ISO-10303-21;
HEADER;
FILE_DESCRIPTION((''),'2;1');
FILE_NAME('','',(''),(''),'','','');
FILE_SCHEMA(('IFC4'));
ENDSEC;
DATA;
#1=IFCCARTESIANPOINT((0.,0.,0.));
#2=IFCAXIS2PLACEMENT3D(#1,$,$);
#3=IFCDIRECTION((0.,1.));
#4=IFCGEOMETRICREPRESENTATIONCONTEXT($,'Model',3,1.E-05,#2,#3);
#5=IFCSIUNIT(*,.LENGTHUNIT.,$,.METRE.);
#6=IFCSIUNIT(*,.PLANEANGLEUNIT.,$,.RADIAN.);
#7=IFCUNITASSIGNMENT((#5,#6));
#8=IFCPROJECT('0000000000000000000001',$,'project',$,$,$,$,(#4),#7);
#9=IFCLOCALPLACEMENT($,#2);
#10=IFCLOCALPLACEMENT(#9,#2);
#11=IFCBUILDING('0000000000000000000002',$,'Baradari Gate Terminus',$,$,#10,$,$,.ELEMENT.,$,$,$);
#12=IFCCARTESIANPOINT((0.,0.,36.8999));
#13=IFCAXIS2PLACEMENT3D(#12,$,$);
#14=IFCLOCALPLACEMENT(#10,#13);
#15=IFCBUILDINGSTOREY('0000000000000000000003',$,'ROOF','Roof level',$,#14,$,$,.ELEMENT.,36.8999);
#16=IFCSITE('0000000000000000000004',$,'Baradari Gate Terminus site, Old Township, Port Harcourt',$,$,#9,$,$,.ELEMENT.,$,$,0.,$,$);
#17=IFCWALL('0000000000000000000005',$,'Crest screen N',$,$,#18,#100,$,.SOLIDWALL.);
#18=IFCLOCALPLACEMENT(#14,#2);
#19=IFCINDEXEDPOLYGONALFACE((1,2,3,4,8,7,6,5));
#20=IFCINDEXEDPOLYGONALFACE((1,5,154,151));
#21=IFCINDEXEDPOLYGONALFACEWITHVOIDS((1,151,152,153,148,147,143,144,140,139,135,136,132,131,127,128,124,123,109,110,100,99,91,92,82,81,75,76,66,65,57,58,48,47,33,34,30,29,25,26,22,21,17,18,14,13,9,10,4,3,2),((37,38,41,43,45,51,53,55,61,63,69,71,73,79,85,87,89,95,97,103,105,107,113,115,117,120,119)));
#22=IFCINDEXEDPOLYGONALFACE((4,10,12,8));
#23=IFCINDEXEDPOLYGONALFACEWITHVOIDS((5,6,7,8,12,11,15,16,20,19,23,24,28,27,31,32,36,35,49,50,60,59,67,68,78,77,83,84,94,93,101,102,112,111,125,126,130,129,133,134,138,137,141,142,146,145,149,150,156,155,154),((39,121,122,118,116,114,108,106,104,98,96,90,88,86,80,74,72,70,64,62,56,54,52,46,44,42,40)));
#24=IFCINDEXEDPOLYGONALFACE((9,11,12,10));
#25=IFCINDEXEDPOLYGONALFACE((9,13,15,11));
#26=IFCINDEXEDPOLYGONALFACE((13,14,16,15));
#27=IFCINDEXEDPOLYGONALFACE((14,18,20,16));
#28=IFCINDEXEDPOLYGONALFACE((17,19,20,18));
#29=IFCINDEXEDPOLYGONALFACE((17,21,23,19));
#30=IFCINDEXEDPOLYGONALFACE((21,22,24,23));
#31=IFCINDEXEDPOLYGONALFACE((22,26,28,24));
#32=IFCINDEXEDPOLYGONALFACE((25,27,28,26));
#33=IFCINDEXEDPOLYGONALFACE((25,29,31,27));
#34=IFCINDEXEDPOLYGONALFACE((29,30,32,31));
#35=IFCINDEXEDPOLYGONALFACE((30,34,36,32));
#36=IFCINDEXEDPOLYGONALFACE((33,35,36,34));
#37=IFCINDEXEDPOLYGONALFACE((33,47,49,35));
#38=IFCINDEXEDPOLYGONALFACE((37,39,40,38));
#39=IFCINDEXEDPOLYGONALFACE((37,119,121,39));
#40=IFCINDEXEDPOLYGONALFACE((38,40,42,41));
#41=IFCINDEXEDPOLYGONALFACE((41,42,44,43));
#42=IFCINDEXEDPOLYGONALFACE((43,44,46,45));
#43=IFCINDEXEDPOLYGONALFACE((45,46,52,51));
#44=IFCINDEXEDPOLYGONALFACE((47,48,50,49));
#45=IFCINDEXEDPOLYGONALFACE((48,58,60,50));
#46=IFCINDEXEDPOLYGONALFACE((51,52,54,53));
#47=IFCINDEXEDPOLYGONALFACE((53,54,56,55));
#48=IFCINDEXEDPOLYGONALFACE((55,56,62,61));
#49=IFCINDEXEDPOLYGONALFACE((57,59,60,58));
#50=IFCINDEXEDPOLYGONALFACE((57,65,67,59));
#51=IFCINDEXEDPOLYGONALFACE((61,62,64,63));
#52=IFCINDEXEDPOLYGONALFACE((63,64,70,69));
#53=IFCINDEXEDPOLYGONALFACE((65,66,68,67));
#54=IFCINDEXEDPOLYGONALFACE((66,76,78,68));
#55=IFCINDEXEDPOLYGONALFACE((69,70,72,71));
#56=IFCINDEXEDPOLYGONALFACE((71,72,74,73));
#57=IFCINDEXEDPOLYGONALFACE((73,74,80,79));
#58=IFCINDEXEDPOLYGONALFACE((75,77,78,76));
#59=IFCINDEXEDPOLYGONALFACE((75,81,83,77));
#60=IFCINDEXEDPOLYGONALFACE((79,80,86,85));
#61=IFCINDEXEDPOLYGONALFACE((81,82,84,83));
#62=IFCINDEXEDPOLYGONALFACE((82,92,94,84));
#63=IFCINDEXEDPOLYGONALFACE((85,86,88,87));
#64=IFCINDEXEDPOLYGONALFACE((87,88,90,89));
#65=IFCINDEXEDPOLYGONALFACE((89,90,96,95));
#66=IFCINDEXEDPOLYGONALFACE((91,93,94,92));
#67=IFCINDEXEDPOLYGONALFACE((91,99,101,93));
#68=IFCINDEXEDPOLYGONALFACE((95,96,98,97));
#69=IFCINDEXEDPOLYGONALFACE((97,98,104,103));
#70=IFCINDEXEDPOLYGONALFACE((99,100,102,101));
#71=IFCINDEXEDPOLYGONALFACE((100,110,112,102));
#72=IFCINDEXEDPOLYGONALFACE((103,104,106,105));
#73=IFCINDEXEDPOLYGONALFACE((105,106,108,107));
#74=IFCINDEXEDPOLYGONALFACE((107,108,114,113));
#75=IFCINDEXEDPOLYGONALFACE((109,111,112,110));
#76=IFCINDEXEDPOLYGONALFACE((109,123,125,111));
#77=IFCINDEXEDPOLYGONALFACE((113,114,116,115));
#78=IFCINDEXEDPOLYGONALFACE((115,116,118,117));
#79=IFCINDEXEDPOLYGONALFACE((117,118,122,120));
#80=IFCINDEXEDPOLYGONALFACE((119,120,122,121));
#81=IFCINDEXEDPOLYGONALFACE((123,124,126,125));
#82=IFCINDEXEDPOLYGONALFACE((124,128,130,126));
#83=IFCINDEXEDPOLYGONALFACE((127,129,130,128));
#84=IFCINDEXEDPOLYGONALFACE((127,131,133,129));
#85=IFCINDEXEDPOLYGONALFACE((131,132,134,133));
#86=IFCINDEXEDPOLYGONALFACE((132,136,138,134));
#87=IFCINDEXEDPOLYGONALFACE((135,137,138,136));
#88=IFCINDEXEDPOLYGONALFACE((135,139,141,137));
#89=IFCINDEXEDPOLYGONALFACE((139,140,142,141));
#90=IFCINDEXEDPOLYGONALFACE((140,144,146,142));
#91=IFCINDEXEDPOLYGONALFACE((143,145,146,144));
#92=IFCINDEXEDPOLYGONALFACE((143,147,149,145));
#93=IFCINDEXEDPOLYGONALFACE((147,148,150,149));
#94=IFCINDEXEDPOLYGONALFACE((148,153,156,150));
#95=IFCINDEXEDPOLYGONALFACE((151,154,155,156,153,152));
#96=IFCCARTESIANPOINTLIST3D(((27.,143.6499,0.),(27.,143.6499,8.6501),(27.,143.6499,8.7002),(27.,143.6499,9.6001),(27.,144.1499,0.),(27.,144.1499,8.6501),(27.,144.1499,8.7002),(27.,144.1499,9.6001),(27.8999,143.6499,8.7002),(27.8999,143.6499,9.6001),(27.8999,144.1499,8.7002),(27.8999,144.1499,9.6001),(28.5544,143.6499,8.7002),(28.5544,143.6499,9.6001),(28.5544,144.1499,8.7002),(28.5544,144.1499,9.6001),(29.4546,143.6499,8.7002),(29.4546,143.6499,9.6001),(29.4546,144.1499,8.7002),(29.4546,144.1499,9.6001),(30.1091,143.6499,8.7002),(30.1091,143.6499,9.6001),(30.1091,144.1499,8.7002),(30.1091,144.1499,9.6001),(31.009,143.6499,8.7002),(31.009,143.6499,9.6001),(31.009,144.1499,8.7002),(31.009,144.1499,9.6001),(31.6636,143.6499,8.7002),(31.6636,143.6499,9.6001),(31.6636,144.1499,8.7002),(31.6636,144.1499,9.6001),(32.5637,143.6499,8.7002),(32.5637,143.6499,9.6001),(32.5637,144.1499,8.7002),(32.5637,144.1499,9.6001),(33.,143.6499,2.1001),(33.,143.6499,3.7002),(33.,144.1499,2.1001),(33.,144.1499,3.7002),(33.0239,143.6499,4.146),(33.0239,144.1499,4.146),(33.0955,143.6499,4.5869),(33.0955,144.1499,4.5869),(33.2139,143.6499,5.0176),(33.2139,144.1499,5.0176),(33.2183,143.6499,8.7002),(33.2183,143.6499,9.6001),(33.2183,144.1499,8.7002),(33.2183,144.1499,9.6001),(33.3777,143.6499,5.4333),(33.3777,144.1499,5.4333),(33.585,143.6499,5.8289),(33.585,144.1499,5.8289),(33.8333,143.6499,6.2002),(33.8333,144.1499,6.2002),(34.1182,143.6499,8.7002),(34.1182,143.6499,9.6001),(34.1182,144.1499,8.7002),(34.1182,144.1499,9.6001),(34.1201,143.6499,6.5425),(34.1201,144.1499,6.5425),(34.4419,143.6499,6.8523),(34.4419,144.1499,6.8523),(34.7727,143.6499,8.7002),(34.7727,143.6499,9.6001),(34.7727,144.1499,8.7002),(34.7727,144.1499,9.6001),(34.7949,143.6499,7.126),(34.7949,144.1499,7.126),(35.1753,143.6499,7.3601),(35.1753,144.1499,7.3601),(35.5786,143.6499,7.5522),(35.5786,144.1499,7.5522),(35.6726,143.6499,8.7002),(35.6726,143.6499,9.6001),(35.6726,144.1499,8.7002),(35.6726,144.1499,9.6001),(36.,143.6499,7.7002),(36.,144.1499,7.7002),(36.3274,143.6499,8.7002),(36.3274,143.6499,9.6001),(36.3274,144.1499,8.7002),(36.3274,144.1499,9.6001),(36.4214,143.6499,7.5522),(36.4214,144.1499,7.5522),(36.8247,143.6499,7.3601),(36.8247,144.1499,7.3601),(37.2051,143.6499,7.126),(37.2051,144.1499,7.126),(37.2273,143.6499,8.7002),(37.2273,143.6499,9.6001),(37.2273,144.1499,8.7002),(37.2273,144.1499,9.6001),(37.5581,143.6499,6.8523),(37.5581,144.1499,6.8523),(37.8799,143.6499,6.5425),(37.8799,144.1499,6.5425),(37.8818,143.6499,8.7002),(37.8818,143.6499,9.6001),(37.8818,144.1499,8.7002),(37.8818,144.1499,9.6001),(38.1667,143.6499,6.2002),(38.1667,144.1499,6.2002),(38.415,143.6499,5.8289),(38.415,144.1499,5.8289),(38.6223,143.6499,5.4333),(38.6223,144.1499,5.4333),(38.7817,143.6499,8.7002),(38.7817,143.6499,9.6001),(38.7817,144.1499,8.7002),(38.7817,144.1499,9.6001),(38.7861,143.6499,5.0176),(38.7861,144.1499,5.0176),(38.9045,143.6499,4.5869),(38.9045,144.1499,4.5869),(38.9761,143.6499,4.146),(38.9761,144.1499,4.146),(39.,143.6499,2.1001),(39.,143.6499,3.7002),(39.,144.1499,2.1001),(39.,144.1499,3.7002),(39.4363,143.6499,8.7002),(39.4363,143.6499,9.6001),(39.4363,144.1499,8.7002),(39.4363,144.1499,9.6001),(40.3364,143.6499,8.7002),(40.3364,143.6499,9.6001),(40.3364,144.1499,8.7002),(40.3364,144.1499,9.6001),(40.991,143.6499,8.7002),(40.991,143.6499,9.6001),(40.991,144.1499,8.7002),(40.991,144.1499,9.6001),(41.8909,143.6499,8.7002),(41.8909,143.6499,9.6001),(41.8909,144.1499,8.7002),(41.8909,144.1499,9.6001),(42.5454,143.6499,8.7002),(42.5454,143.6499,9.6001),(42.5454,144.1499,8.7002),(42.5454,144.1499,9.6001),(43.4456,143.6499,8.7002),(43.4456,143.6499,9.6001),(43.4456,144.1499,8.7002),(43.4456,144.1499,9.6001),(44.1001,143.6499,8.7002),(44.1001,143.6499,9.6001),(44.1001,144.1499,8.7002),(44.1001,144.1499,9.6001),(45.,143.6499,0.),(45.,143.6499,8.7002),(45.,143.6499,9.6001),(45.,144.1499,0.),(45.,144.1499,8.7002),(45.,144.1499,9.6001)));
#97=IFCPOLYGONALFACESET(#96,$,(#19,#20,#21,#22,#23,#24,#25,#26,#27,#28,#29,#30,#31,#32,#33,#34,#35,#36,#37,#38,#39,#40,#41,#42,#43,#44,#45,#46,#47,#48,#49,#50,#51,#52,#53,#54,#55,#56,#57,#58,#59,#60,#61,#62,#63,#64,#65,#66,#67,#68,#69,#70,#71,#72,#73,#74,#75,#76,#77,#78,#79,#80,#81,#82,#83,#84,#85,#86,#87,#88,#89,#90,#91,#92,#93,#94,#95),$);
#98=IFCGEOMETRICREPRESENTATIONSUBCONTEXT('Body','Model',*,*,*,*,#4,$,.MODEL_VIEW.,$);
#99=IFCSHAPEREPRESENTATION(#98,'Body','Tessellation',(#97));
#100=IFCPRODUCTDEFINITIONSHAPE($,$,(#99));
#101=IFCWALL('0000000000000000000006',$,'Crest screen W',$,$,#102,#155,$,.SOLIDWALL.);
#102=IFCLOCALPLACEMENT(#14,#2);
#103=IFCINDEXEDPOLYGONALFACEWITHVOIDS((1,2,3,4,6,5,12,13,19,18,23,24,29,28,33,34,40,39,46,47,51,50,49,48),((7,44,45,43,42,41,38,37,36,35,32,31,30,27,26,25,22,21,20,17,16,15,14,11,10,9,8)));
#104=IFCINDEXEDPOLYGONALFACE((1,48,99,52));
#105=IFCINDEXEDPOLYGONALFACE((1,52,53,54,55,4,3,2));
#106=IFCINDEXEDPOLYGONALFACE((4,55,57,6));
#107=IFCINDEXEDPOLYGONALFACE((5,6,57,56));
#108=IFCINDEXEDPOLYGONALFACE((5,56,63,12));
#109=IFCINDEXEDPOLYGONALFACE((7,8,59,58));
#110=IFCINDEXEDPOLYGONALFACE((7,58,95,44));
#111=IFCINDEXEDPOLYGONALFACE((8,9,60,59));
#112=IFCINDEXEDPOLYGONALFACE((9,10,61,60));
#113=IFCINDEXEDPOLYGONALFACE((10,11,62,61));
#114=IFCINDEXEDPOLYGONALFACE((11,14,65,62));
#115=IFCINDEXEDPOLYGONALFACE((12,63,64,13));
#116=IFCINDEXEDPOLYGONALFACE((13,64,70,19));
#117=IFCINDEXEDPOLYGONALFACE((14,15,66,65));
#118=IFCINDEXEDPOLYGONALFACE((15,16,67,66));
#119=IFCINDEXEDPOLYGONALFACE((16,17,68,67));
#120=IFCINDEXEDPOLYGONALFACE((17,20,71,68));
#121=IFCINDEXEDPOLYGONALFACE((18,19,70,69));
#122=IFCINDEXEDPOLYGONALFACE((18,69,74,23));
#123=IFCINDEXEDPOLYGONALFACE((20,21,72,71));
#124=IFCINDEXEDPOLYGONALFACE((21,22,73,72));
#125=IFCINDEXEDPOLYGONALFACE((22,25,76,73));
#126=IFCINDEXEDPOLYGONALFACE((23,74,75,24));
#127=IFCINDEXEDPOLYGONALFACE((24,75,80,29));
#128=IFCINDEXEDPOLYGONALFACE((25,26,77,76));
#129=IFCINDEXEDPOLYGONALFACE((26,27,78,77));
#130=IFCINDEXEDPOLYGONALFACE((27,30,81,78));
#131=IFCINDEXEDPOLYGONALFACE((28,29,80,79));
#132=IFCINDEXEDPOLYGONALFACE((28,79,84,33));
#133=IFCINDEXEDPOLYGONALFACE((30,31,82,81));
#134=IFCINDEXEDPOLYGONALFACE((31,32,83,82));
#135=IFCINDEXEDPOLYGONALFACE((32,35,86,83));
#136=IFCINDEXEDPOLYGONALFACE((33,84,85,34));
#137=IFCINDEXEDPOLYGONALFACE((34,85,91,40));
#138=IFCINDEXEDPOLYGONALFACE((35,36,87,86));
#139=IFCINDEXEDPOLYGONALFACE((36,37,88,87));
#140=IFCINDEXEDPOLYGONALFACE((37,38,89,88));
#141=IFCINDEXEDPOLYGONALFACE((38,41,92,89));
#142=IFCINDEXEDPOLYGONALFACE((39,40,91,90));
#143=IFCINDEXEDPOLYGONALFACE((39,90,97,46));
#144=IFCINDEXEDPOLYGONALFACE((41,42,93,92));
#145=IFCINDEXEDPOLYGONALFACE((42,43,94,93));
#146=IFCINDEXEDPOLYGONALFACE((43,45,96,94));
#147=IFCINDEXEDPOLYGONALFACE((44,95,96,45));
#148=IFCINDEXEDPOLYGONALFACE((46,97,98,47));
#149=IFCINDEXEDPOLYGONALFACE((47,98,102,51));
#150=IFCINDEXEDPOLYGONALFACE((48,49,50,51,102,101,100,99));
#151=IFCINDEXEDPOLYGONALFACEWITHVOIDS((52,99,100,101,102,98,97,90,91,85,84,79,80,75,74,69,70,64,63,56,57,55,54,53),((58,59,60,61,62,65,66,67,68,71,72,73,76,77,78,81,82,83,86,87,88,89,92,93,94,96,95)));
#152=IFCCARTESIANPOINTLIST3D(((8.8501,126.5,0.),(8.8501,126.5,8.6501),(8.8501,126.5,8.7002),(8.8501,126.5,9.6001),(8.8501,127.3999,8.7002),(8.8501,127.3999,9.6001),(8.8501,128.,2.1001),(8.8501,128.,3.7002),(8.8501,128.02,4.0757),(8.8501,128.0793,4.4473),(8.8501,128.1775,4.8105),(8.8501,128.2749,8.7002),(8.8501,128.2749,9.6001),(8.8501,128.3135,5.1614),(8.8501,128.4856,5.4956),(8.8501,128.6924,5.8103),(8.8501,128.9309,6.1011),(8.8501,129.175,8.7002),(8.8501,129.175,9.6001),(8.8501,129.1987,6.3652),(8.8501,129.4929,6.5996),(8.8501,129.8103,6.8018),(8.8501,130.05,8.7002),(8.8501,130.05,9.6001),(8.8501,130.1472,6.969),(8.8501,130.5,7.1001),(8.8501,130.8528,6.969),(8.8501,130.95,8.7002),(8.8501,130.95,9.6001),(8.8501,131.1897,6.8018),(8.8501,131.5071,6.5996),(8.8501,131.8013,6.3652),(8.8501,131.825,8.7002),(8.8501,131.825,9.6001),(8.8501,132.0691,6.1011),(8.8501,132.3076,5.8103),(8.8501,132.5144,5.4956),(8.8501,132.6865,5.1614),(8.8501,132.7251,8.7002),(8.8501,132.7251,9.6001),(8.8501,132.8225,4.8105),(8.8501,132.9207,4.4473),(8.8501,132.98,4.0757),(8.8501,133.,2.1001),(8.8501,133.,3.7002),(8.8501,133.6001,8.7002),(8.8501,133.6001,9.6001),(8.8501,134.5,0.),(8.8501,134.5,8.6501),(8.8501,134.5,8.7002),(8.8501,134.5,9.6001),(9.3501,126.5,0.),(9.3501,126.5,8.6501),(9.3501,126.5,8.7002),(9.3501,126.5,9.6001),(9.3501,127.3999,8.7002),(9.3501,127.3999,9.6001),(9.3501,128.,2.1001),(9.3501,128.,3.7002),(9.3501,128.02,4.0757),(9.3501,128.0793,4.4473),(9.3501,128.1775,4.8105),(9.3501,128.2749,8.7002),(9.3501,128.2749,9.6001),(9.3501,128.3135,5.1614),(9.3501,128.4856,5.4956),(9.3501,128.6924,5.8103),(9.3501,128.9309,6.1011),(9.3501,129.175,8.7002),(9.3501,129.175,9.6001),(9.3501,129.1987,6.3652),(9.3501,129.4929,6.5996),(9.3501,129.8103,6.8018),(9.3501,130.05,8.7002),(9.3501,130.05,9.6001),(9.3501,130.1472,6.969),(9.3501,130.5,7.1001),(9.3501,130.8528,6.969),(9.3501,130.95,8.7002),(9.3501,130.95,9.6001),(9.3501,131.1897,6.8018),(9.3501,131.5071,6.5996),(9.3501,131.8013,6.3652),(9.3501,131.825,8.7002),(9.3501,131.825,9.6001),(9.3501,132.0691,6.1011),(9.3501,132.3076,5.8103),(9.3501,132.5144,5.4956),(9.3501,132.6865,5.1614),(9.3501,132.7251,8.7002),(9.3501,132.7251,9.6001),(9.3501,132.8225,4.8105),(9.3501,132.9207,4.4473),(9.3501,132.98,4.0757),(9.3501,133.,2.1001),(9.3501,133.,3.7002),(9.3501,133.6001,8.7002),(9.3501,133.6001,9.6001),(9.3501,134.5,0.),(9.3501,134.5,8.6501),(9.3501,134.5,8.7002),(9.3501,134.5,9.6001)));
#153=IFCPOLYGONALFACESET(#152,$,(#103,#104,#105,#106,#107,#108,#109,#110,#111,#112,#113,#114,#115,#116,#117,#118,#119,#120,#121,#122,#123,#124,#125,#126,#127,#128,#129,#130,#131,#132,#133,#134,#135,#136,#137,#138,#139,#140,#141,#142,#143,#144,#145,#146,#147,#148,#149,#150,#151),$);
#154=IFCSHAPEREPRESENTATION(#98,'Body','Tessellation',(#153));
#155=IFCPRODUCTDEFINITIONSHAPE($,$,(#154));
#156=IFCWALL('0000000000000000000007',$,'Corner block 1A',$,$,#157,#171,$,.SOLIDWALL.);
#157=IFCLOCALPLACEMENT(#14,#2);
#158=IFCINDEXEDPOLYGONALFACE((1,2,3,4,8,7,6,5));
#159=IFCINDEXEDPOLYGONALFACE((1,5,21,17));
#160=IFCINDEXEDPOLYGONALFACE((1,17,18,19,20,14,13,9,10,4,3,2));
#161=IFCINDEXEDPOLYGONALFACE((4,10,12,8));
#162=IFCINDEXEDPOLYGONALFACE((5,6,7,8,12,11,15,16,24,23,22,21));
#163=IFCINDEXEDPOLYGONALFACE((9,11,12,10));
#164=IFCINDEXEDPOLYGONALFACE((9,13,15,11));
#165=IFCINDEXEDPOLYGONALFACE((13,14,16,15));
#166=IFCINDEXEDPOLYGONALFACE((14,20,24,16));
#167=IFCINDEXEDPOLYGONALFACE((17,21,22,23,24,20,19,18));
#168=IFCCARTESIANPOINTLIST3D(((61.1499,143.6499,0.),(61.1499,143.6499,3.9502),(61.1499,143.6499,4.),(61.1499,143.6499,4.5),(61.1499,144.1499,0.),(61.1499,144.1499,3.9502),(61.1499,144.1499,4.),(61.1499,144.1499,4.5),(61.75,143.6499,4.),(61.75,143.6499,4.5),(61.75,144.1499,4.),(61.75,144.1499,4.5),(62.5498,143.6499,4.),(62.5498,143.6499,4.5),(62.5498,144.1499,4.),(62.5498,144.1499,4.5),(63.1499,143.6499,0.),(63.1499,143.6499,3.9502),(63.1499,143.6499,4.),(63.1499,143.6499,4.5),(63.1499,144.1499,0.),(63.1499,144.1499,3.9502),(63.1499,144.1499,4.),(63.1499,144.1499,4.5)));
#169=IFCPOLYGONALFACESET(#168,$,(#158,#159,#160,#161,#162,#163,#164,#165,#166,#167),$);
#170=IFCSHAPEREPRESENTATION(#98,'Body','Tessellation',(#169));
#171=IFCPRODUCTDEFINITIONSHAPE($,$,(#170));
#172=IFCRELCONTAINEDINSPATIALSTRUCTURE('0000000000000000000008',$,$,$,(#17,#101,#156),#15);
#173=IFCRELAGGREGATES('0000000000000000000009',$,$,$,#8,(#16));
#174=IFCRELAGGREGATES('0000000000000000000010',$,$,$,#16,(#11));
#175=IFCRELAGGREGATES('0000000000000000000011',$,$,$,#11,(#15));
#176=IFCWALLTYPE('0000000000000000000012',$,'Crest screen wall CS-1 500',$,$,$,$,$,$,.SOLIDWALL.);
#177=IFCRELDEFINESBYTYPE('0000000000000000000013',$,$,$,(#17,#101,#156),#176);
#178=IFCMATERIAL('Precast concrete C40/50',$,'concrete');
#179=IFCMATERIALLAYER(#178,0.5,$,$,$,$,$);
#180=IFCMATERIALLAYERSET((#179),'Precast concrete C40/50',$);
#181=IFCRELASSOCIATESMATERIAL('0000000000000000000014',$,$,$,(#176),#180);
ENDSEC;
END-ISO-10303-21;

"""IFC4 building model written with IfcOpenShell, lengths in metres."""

from ifc_helpers import new_model, si_unit, direction, frame, origin, place, context, subcontext, project, spatial, polyline, outline, extrude, material, layer, layer_set, type_object, element, save


model = new_model("IFC4")

# Units and contexts
model_context = context("Model", 3, precision=1e-05, world=origin(), true_north=direction((0.0, 1.0)))
body_context = subcontext(model_context, "Body", "Model", "MODEL_VIEW")
ifc_project = project(units=[si_unit("LENGTHUNIT", "METRE"), si_unit("PLANEANGLEUNIT", "RADIAN")], contexts=[model_context])

# Site, building, storey
site_placement = place(None, origin())
site = spatial("IfcSite", under=ifc_project, at=site_placement, Name="Baradari Gate Terminus site, Old Township, Port Harcourt", CompositionType="ELEMENT", RefElevation=0.0)
building_placement = place(site_placement, origin())
building = spatial("IfcBuilding", under=site, at=building_placement, Name="Baradari Gate Terminus", CompositionType="ELEMENT")
storey_placement = place(building_placement, frame((0.0, 0.0, 36.8999)))
storey = spatial("IfcBuildingStorey", under=building, at=storey_placement, Name="ROOF", Description="Roof level", CompositionType="ELEMENT", Elevation=36.8999)

# Walls
ifc_material_1 = material(Name="Precast concrete C40/50", Category="concrete")
ifc_layer_1 = layer(ifc_material_1, 0.5)
ifc_layer_set_1 = layer_set([ifc_layer_1], Name="Precast concrete C40/50")
wall_type_1 = type_object("IfcWallType", Name="Crest screen wall CS-1 500", PredefinedType="SOLIDWALL", material=ifc_layer_set_1)
wall_1_placement = place(storey_placement, frame((27.0, 143.8999, 0.0), z_axis=(0.0, 0.0, 1.0), x_axis=(1.0, 0.0, 0.0)))
element("IfcWall", 1, at=wall_1_placement, inside=storey, type_object=wall_type_1, Name="Crest screen N", PredefinedType="SOLIDWALL", context=body_context, shape_type="SweptSolid", body=[
    extrude(outline(polyline([(0.0, 0.0), (18.0, 0.0), (18.0, 8.7002), (18.0, 8.7002), (18.0, 9.6001), (17.1001, 9.6001), (17.1001, 8.7002), (16.4456, 8.7002), (16.4456, 9.6001), (15.5454, 9.6001), (15.5454, 8.7002), (14.8909, 8.7002), (14.8909, 9.6001), (13.991, 9.6001), (13.991, 8.7002), (13.3364, 8.7002), (13.3364, 9.6001), (12.4363, 9.6001), (12.4363, 8.7002), (11.7817, 8.7002), (11.7817, 9.6001), (10.8818, 9.6001), (10.8818, 8.7002), (10.2273, 8.7002), (10.2273, 9.6001), (9.3274, 9.6001), (9.3274, 8.7002), (8.6726, 8.7002), (8.6726, 9.6001), (7.7727, 9.6001), (7.7727, 8.7002), (7.1182, 8.7002), (7.1182, 9.6001), (6.2183, 9.6001), (6.2183, 8.7002), (5.5637, 8.7002), (5.5637, 9.6001), (4.6636, 9.6001), (4.6636, 8.7002), (4.009, 8.7002), (4.009, 9.6001), (3.1091, 9.6001), (3.1091, 8.7002), (2.4546, 8.7002), (2.4546, 9.6001), (1.5544, 9.6001), (1.5544, 8.7002), (0.8999, 8.7002), (0.8999, 9.6001), (0.0, 9.6001), (0.0, 8.7002), (0.0, 8.6501), (0.0, 0.0)]), holes=[polyline([(6.0, 2.1001), (6.0, 3.7002), (6.0239, 4.146), (6.0955, 4.5869), (6.2139, 5.0176), (6.3777, 5.4333), (6.585, 5.8289), (6.8333, 6.2002), (7.1201, 6.5425), (7.4419, 6.8523), (7.7949, 7.126), (8.1753, 7.3601), (8.5786, 7.5522), (9.0, 7.7002), (9.4214, 7.5522), (9.8247, 7.3601), (10.2051, 7.126), (10.5581, 6.8523), (10.8799, 6.5425), (11.1667, 6.2002), (11.415, 5.8289), (11.6223, 5.4333), (11.7861, 5.0176), (11.9045, 4.5869), (11.9761, 4.146), (12.0, 3.7002), (12.0, 2.1001), (6.0, 2.1001)])]), frame((0.0, 0.25, 0.0), z_axis=(0.0, -1.0, 0.0), x_axis=(1.0, 0.0, 0.0)), (0.0, 0.0, 1.0), 0.5),
])
wall_2_placement = place(storey_placement, frame((9.1001, 126.5, 0.0), z_axis=(0.0, 0.0, 1.0), x_axis=(0.0, 1.0, 0.0)))
element("IfcWall", 2, at=wall_2_placement, inside=storey, type_object=wall_type_1, Name="Crest screen W", PredefinedType="SOLIDWALL", context=body_context, shape_type="SweptSolid", body=[
    extrude(outline(polyline([(8.0, 8.6501), (8.0, 8.7002), (8.0, 9.6001), (7.1001, 9.6001), (7.1001, 8.7002), (6.2251, 8.7002), (6.2251, 9.6001), (5.325, 9.6001), (5.325, 8.7002), (4.45, 8.7002), (4.45, 9.6001), (3.55, 9.6001), (3.55, 8.7002), (2.675, 8.7002), (2.675, 9.6001), (1.7749, 9.6001), (1.7749, 8.7002), (0.8999, 8.7002), (0.8999, 9.6001), (0.0, 9.6001), (0.0, 8.7002), (0.0, 8.6501), (0.0, 0.0), (8.0, 0.0), (8.0, 8.6501)]), holes=[polyline([(1.5, 2.1001), (1.5, 3.7002), (1.52, 4.0757), (1.5793, 4.4473), (1.6775, 4.8105), (1.8135, 5.1614), (1.9856, 5.4956), (2.1924, 5.8103), (2.4309, 6.1011), (2.6987, 6.3652), (2.9929, 6.5996), (3.3103, 6.8018), (3.6472, 6.969), (4.0, 7.1001), (4.3528, 6.969), (4.6897, 6.8018), (5.0071, 6.5996), (5.3013, 6.3652), (5.5691, 6.1011), (5.8076, 5.8103), (6.0144, 5.4956), (6.1865, 5.1614), (6.3225, 4.8105), (6.4207, 4.4473), (6.48, 4.0757), (6.5, 3.7002), (6.5, 2.1001), (1.5, 2.1001)])]), frame((0.0, 0.25, 0.0), z_axis=(0.0, -1.0, 0.0), x_axis=(1.0, 0.0, 0.0)), (0.0, 0.0, 1.0), 0.5),
])
wall_3_placement = place(storey_placement, frame((63.1499, 143.8999, 0.0), z_axis=(0.0, 0.0, 1.0), x_axis=(-1.0, 0.0, 0.0)))
element("IfcWall", 3, at=wall_3_placement, inside=storey, type_object=wall_type_1, Name="Corner block 1A", PredefinedType="SOLIDWALL", context=body_context, shape_type="SweptSolid", body=[
    extrude(outline(polyline([(2.0, 3.9502), (2.0, 4.0), (2.0, 4.5), (1.3999, 4.5), (1.3999, 4.0), (0.6001, 4.0), (0.6001, 4.5), (0.0, 4.5), (0.0, 4.0), (0.0, 3.9502), (0.0, 0.0), (2.0, 0.0), (2.0, 3.9502)])), frame((0.0, 0.25, 0.0), z_axis=(0.0, -1.0, 0.0), x_axis=(1.0, 0.0, 0.0)), (0.0, 0.0, 1.0), 0.5),
])

save(model, "model.ifc")
